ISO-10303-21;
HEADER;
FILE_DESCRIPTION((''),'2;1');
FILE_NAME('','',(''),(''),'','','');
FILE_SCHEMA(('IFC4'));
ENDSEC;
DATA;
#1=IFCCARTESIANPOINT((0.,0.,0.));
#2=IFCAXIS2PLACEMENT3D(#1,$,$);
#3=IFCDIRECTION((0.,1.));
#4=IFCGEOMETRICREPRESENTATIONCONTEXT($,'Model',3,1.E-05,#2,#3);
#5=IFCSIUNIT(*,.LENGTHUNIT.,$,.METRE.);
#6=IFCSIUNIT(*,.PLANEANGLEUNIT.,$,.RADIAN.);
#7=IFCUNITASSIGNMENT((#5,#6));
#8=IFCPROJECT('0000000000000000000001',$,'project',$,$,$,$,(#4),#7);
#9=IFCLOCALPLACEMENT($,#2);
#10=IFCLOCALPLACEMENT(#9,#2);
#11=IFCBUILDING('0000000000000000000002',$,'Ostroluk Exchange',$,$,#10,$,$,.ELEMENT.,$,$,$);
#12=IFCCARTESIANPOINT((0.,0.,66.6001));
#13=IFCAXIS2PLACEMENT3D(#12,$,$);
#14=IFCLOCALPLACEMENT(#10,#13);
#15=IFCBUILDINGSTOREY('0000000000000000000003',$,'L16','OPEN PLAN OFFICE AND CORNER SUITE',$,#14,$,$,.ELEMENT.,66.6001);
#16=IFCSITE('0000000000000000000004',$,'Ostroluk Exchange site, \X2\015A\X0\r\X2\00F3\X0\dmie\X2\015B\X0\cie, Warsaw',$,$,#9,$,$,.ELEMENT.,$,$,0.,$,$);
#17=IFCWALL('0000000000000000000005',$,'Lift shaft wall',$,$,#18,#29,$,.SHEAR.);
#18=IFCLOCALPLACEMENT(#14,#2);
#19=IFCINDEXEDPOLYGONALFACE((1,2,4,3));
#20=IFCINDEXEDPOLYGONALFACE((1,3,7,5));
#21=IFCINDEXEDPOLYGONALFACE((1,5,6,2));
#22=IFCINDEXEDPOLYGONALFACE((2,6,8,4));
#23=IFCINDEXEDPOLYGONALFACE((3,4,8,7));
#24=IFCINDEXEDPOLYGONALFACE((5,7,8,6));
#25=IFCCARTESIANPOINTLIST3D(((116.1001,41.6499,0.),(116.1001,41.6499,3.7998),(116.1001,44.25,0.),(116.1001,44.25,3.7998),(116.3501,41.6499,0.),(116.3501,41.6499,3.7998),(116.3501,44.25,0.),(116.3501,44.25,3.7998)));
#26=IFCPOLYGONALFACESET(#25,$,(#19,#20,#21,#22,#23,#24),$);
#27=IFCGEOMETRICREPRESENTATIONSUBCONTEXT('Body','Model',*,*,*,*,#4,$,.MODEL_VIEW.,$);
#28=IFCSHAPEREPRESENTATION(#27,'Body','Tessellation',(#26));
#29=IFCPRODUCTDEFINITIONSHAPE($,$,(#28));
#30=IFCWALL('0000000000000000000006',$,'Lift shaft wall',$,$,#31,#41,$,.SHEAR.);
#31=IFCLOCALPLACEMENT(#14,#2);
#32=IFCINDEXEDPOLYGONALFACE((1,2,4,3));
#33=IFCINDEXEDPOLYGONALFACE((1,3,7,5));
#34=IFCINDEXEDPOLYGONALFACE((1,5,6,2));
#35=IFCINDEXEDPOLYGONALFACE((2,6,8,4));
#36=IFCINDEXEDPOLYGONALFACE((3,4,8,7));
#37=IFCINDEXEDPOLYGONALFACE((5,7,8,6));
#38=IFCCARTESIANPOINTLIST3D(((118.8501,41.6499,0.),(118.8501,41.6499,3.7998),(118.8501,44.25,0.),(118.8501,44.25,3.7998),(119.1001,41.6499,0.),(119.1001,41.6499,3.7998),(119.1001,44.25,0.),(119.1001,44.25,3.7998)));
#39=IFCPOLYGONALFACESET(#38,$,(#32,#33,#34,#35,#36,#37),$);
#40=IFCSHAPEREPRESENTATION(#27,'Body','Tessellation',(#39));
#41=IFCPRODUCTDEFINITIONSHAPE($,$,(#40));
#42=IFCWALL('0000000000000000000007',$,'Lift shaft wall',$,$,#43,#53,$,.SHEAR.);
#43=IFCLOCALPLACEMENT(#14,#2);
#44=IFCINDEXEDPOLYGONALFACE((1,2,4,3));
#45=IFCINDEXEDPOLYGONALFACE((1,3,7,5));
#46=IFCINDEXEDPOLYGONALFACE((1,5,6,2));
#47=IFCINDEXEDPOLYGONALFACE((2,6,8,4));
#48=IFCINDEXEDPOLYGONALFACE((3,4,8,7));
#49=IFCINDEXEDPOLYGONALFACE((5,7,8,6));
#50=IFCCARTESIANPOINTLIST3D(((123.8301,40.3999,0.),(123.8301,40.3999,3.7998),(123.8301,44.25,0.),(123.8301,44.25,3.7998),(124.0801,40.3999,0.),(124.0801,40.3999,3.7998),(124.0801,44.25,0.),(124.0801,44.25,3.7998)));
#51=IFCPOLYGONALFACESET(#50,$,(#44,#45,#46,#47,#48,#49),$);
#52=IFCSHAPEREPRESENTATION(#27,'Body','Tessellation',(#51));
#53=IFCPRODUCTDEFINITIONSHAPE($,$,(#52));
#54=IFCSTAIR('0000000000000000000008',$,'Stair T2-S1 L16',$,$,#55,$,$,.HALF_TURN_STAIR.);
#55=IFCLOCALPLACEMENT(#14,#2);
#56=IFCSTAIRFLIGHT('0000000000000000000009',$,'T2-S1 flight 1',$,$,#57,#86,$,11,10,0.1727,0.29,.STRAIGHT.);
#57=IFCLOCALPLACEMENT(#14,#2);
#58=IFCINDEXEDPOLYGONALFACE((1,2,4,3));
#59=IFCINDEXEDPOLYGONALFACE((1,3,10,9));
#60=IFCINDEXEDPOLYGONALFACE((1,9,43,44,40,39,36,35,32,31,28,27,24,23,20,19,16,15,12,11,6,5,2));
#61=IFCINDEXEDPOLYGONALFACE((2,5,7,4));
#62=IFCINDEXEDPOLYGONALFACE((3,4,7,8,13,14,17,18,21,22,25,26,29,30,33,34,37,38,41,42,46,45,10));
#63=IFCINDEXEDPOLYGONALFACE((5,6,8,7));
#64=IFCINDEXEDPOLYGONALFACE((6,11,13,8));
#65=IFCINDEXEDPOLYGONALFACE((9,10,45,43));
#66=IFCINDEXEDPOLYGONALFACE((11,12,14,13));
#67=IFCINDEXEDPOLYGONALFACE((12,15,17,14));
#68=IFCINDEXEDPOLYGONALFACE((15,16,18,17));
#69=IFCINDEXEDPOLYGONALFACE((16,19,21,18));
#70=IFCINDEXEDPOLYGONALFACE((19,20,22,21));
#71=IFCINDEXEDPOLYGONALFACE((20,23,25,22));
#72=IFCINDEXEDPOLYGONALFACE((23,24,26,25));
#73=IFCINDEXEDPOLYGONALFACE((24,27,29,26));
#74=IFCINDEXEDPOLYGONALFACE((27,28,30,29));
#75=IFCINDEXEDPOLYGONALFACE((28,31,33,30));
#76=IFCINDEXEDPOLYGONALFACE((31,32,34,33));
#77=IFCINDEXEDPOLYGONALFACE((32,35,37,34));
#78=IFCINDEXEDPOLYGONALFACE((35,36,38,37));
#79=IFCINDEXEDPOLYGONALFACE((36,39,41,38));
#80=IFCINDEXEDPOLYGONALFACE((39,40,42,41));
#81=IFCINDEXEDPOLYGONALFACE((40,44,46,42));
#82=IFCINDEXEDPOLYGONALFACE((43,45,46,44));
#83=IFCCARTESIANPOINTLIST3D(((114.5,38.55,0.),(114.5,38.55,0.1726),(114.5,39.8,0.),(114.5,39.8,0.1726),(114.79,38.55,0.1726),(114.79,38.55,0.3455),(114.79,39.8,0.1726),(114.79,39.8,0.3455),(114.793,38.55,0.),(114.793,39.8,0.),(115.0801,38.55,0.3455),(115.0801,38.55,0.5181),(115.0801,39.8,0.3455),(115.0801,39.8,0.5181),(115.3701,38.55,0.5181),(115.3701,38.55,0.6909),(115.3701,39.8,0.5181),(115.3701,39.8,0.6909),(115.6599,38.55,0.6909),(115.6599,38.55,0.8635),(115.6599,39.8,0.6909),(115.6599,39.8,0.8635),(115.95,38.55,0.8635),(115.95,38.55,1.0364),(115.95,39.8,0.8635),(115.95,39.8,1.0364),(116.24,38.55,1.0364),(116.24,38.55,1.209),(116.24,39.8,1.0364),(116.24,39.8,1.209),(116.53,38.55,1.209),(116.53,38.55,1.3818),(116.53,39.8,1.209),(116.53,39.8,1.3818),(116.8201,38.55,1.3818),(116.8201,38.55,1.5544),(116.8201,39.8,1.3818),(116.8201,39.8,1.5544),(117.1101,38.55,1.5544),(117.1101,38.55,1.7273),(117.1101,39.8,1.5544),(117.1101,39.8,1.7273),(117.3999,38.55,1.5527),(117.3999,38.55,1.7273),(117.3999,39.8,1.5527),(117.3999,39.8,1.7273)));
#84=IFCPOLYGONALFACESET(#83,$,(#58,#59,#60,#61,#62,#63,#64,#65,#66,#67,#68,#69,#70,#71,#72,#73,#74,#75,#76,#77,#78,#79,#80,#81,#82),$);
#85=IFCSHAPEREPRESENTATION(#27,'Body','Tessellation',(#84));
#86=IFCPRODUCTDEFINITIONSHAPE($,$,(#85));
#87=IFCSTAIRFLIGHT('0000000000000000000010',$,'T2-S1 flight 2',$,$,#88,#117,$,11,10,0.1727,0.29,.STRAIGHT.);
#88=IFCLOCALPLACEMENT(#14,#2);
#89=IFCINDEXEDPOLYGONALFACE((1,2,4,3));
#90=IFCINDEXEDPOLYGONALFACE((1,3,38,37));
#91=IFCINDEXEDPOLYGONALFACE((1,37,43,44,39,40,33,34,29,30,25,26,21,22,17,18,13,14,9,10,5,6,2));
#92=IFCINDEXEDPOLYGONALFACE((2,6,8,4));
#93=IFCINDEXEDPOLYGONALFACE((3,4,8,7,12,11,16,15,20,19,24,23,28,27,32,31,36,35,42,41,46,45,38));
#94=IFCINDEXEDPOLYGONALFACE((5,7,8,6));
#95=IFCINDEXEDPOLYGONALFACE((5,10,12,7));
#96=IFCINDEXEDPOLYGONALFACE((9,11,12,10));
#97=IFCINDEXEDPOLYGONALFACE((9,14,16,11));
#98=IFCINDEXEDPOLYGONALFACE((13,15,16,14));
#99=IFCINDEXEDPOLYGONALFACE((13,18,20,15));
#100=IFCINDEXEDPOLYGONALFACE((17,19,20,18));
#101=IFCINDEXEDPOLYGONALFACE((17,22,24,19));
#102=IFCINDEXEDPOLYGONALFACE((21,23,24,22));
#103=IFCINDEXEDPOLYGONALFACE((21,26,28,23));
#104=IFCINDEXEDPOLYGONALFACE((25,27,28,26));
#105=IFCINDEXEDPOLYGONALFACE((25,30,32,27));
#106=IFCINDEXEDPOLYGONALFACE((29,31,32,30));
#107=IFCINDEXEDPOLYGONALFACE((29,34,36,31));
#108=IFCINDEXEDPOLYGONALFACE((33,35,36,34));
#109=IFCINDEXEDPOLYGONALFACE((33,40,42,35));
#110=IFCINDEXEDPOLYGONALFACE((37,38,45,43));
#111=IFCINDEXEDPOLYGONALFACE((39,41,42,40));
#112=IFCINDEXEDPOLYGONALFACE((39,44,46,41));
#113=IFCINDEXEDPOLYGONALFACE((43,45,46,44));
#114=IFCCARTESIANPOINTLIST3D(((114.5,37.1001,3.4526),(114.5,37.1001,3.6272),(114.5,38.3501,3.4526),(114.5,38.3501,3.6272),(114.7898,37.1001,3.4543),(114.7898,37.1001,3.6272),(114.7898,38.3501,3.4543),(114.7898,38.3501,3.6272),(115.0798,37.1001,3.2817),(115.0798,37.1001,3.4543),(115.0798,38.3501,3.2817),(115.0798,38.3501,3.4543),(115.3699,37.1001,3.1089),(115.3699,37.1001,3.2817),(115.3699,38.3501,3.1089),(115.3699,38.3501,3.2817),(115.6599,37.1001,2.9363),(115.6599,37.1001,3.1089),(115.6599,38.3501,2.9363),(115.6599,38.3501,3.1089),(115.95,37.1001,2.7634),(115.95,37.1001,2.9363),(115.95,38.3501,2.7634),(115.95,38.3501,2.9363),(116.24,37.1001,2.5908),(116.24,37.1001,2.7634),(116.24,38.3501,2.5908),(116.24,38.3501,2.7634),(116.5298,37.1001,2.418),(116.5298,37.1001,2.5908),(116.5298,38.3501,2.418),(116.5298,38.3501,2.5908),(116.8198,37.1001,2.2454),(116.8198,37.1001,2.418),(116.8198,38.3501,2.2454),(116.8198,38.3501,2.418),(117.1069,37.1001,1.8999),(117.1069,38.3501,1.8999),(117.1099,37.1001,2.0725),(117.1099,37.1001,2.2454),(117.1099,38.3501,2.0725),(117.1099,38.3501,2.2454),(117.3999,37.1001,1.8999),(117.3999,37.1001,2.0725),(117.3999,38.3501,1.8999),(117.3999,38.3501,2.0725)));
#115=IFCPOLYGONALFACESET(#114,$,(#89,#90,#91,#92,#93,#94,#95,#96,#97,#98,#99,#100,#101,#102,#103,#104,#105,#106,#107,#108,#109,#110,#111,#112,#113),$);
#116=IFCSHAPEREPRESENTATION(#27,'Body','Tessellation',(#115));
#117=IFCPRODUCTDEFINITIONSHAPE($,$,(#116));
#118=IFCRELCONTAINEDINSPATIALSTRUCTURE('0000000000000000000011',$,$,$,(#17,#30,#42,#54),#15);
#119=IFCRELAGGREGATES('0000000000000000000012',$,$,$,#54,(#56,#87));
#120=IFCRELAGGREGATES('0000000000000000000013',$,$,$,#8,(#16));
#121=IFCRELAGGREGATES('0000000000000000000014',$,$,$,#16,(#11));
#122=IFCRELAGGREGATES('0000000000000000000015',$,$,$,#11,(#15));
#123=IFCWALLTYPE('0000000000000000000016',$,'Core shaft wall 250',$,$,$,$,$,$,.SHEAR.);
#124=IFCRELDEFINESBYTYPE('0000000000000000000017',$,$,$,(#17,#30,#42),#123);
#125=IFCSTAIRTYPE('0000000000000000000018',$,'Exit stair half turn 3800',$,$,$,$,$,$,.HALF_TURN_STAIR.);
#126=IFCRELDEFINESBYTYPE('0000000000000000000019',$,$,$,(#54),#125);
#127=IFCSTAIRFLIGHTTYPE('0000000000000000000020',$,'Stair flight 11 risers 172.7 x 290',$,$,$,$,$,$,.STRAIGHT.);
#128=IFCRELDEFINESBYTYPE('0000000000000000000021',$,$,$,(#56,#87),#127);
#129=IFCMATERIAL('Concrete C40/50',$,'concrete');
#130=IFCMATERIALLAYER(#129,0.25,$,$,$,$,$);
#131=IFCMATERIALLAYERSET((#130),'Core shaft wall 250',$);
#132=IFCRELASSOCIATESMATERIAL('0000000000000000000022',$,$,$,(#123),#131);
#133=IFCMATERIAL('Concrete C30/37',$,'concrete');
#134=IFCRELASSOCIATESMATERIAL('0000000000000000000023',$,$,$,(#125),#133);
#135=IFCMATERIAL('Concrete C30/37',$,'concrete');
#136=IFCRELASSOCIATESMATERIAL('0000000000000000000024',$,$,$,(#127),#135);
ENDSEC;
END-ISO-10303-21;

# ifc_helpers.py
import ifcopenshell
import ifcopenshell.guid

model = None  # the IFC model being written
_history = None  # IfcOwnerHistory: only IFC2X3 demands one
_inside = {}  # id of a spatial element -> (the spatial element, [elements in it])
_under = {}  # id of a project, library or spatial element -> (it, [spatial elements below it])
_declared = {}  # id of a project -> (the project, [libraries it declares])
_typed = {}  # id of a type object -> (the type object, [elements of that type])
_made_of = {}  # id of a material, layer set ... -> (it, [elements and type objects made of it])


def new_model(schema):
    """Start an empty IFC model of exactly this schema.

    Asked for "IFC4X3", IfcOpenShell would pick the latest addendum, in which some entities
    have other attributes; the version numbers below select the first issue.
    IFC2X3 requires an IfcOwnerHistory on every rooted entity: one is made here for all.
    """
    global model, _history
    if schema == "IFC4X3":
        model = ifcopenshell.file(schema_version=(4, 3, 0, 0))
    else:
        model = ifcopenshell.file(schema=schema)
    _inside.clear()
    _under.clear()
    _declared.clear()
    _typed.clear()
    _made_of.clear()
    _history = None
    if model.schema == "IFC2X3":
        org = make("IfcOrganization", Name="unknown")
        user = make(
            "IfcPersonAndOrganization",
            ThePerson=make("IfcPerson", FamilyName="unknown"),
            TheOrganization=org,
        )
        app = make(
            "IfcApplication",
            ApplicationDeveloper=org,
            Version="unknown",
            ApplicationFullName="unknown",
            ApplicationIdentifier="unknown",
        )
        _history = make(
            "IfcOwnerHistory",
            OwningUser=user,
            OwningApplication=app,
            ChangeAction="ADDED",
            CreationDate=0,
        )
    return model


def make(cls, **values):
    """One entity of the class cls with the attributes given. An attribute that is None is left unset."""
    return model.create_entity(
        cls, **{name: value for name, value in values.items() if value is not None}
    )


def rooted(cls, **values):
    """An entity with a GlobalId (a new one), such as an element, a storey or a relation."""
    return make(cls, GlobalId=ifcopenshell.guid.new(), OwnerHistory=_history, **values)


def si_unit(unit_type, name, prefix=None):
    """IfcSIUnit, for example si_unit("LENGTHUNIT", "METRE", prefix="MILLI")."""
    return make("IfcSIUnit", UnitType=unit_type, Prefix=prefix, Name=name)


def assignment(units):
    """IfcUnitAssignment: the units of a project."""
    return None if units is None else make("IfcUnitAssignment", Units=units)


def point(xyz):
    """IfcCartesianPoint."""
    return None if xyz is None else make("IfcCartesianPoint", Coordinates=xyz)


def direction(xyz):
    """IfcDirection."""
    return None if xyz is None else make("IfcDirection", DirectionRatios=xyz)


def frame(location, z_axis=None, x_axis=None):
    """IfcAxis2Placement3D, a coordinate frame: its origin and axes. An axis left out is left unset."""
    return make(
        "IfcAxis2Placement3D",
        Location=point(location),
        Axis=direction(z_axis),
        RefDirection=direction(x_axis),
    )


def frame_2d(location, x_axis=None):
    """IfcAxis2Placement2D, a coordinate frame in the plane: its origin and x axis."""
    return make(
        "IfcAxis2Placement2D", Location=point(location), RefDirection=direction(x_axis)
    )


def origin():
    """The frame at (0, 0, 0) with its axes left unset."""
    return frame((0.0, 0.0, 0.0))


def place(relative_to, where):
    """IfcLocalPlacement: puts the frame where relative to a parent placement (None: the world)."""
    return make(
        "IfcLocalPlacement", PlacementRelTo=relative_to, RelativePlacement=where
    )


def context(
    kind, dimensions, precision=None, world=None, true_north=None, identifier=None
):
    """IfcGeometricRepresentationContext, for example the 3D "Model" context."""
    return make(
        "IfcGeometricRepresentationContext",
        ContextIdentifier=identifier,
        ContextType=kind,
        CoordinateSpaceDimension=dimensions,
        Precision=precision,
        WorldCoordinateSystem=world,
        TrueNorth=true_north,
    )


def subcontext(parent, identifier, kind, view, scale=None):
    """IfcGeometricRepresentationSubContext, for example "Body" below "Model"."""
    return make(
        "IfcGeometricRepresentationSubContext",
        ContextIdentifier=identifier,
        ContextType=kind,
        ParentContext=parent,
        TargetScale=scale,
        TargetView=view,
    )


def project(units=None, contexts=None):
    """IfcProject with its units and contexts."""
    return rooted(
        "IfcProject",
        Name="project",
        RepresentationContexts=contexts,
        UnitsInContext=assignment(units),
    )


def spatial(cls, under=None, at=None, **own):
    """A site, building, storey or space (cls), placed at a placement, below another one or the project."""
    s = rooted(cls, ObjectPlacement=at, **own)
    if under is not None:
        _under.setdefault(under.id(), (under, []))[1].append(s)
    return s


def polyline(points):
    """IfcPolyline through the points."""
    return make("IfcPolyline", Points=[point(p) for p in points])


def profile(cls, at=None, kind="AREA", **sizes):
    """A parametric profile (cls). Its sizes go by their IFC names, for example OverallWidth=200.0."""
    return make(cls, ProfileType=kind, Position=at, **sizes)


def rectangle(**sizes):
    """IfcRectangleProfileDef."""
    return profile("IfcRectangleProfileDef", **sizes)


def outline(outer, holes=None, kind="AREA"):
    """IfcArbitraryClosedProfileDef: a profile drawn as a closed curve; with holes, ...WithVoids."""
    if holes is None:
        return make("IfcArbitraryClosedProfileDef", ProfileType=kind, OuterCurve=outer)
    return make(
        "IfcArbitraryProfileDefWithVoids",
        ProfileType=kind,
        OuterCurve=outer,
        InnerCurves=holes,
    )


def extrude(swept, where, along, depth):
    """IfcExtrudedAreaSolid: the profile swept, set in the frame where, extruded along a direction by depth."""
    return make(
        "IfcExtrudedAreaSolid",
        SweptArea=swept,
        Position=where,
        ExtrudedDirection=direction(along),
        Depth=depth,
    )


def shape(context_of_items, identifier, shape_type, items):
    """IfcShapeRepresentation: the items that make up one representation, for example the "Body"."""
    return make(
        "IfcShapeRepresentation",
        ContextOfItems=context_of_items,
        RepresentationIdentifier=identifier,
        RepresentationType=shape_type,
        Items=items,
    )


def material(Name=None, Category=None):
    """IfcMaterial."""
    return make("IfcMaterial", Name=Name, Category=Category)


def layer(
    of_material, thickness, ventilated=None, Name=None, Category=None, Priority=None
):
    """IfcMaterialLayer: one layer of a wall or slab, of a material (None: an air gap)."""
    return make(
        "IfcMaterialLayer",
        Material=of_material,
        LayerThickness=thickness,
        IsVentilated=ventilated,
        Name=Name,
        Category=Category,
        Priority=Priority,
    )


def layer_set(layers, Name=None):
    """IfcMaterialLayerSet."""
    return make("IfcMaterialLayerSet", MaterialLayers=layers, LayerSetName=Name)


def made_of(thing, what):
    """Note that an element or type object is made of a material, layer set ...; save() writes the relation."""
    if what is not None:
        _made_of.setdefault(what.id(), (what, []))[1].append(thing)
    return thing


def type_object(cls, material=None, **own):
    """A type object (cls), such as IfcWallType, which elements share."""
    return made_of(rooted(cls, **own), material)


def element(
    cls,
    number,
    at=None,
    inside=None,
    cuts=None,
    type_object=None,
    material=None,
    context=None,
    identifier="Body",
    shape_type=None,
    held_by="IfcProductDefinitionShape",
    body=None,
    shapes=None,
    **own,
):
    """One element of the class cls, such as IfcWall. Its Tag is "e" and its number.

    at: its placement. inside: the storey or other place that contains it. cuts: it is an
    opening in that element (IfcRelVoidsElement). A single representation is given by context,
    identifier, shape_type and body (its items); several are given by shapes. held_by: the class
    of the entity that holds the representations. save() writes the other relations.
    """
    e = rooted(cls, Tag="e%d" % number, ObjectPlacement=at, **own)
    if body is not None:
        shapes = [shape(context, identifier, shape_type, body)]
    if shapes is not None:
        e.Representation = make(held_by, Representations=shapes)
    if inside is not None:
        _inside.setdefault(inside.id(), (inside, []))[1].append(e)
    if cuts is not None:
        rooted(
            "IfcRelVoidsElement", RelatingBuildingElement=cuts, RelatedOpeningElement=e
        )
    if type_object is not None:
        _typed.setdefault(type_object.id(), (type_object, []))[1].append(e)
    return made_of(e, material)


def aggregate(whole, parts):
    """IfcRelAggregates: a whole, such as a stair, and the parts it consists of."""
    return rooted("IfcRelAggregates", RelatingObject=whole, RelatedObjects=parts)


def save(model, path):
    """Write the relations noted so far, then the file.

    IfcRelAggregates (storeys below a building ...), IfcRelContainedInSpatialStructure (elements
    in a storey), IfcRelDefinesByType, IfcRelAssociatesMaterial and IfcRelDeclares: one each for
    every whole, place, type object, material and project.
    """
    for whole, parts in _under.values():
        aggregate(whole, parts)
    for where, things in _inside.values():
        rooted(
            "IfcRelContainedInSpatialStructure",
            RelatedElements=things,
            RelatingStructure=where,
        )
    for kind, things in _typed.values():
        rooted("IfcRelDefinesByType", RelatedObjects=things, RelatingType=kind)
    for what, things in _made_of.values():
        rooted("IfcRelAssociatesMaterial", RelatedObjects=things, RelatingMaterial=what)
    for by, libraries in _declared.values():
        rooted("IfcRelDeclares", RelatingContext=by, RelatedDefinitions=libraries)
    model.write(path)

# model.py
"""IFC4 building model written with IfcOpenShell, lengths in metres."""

from ifc_helpers import new_model, si_unit, direction, frame, frame_2d, origin, place, context, subcontext, project, spatial, polyline, rectangle, outline, extrude, material, layer, layer_set, type_object, element, aggregate, save


model = new_model("IFC4")

# Units and contexts
model_context = context("Model", 3, precision=1e-05, world=origin(), true_north=direction((0.0, 1.0)))
body_context = subcontext(model_context, "Body", "Model", "MODEL_VIEW")
ifc_project = project(units=[si_unit("LENGTHUNIT", "METRE"), si_unit("PLANEANGLEUNIT", "RADIAN")], contexts=[model_context])

# Site, building, storey
site_placement = place(None, origin())
site = spatial("IfcSite", under=ifc_project, at=site_placement, Name="Ostroluk Exchange site, Śródmieście, Warsaw", CompositionType="ELEMENT", RefElevation=0.0)
building_placement = place(site_placement, origin())
building = spatial("IfcBuilding", under=site, at=building_placement, Name="Ostroluk Exchange", CompositionType="ELEMENT")
storey_placement = place(building_placement, frame((0.0, 0.0, 66.6001)))
storey = spatial("IfcBuildingStorey", under=building, at=storey_placement, Name="L16", Description="OPEN PLAN OFFICE AND CORNER SUITE", CompositionType="ELEMENT", Elevation=66.6001)

# Shared definitions
ifc_material_1 = material(Name="Concrete C40/50", Category="concrete")
ifc_layer_1 = layer(ifc_material_1, 0.25)
ifc_layer_set_1 = layer_set([ifc_layer_1], Name="Core shaft wall 250")
wall_type_1 = type_object("IfcWallType", Name="Core shaft wall 250", PredefinedType="SHEAR", material=ifc_layer_set_1)

# Walls
for number, where, z_axis, x_axis, name in (
    (1, (116.2251, 44.25, 0.0), (0.0, 0.0, 1.0), (0.0, -1.0, 0.0), "Lift shaft wall"),
    (2, (118.9751, 44.25, 0.0), (0.0, 0.0, 1.0), (0.0, -1.0, 0.0), "Lift shaft wall"),
):
    element("IfcWall", number, at=place(storey_placement, frame(where, z_axis=z_axis, x_axis=x_axis)), inside=storey, type_object=wall_type_1, Name=name, PredefinedType="SHEAR", context=body_context, shape_type="SweptSolid", body=[
        extrude(rectangle(XDim=2.6001, YDim=0.25, at=frame_2d((1.3, 0.0))), origin(), (0.0, 0.0, 1.0), 3.7998),
    ])
wall_1_placement = place(storey_placement, frame((123.9551, 44.25, 0.0), z_axis=(0.0, 0.0, 1.0), x_axis=(0.0, -1.0, 0.0)))
element("IfcWall", 3, at=wall_1_placement, inside=storey, type_object=wall_type_1, Name="Lift shaft wall", PredefinedType="SHEAR", context=body_context, shape_type="SweptSolid", body=[
    extrude(rectangle(XDim=3.8501, YDim=0.25, at=frame_2d((1.925, 0.0))), origin(), (0.0, 0.0, 1.0), 3.7998),
])

# Stair, stair flights
ifc_material_2 = material(Name="Concrete C30/37", Category="concrete")
stair_type = type_object("IfcStairType", Name="Exit stair half turn 3800", PredefinedType="HALF_TURN_STAIR", material=ifc_material_2)
stair_placement = place(storey_placement, origin())
stair = element("IfcStair", 4, at=stair_placement, inside=storey, type_object=stair_type, Name="Stair T2-S1 L16", PredefinedType="HALF_TURN_STAIR")
ifc_material_3 = material(Name="Concrete C30/37", Category="concrete")
stair_flight_type = type_object("IfcStairFlightType", Name="Stair flight 11 risers 172.7 x 290", PredefinedType="STRAIGHT", material=ifc_material_3)
stair_flight_1_placement = place(storey_placement, frame((114.5, 39.175, 0.0), z_axis=(0.0, 0.0, 1.0), x_axis=(1.0, 0.0, 0.0)))
stair_flight_1 = element("IfcStairFlight", 5, at=stair_flight_1_placement, type_object=stair_flight_type, Name="T2-S1 flight 1", NumberOfRisers=11, NumberOfTreads=10, PredefinedType="STRAIGHT", RiserHeight=0.1727, TreadLength=0.29, context=body_context, shape_type="SweptSolid", body=[
    extrude(outline(polyline([(0.0, 0.0), (0.0, 0.1726), (0.29, 0.1726), (0.29, 0.3455), (0.5801, 0.3455), (0.5801, 0.5181), (0.8701, 0.5181), (0.8701, 0.6909), (1.1599, 0.6909), (1.1599, 0.8635), (1.45, 0.8635), (1.45, 1.0364), (1.74, 1.0364), (1.74, 1.209), (2.03, 1.209), (2.03, 1.3818), (2.3201, 1.3818), (2.3201, 1.5544), (2.6101, 1.5544), (2.6101, 1.7273), (2.8999, 1.7273), (2.8999, 1.8999), (2.8999, 1.5527), (0.293, 0.0), (0.0, 0.0)])), frame((0.0, 0.625, 0.0), z_axis=(0.0, -1.0, 0.0), x_axis=(1.0, 0.0, 0.0)), (0.0, 0.0, 1.0), 1.25),
])
stair_flight_2_placement = place(storey_placement, frame((117.3999, 37.7251, 1.8999), z_axis=(0.0, 0.0, 1.0), x_axis=(-1.0, 0.0, 0.0)))
stair_flight_2 = element("IfcStairFlight", 6, at=stair_flight_2_placement, type_object=stair_flight_type, Name="T2-S1 flight 2", NumberOfRisers=11, NumberOfTreads=10, PredefinedType="STRAIGHT", RiserHeight=0.1727, TreadLength=0.29, context=body_context, shape_type="SweptSolid", body=[
    extrude(outline(polyline([(0.0, 0.0), (0.0, 0.1726), (0.29, 0.1726), (0.29, 0.3455), (0.5801, 0.3455), (0.5801, 0.5181), (0.8701, 0.5181), (0.8701, 0.6909), (1.1599, 0.6909), (1.1599, 0.8635), (1.45, 0.8635), (1.45, 1.0364), (1.74, 1.0364), (1.74, 1.209), (2.03, 1.209), (2.03, 1.3818), (2.3201, 1.3818), (2.3201, 1.5544), (2.6101, 1.5544), (2.6101, 1.7273), (2.8999, 1.7273), (2.8999, 1.8999), (2.8999, 1.5527), (0.293, 0.0), (0.0, 0.0)])), frame((0.0, 0.625, 0.0), z_axis=(0.0, -1.0, 0.0), x_axis=(1.0, 0.0, 0.0)), (0.0, 0.0, 1.0), 1.25),
])
aggregate(stair, [stair_flight_1, stair_flight_2])

save(model, "model.ifc")
